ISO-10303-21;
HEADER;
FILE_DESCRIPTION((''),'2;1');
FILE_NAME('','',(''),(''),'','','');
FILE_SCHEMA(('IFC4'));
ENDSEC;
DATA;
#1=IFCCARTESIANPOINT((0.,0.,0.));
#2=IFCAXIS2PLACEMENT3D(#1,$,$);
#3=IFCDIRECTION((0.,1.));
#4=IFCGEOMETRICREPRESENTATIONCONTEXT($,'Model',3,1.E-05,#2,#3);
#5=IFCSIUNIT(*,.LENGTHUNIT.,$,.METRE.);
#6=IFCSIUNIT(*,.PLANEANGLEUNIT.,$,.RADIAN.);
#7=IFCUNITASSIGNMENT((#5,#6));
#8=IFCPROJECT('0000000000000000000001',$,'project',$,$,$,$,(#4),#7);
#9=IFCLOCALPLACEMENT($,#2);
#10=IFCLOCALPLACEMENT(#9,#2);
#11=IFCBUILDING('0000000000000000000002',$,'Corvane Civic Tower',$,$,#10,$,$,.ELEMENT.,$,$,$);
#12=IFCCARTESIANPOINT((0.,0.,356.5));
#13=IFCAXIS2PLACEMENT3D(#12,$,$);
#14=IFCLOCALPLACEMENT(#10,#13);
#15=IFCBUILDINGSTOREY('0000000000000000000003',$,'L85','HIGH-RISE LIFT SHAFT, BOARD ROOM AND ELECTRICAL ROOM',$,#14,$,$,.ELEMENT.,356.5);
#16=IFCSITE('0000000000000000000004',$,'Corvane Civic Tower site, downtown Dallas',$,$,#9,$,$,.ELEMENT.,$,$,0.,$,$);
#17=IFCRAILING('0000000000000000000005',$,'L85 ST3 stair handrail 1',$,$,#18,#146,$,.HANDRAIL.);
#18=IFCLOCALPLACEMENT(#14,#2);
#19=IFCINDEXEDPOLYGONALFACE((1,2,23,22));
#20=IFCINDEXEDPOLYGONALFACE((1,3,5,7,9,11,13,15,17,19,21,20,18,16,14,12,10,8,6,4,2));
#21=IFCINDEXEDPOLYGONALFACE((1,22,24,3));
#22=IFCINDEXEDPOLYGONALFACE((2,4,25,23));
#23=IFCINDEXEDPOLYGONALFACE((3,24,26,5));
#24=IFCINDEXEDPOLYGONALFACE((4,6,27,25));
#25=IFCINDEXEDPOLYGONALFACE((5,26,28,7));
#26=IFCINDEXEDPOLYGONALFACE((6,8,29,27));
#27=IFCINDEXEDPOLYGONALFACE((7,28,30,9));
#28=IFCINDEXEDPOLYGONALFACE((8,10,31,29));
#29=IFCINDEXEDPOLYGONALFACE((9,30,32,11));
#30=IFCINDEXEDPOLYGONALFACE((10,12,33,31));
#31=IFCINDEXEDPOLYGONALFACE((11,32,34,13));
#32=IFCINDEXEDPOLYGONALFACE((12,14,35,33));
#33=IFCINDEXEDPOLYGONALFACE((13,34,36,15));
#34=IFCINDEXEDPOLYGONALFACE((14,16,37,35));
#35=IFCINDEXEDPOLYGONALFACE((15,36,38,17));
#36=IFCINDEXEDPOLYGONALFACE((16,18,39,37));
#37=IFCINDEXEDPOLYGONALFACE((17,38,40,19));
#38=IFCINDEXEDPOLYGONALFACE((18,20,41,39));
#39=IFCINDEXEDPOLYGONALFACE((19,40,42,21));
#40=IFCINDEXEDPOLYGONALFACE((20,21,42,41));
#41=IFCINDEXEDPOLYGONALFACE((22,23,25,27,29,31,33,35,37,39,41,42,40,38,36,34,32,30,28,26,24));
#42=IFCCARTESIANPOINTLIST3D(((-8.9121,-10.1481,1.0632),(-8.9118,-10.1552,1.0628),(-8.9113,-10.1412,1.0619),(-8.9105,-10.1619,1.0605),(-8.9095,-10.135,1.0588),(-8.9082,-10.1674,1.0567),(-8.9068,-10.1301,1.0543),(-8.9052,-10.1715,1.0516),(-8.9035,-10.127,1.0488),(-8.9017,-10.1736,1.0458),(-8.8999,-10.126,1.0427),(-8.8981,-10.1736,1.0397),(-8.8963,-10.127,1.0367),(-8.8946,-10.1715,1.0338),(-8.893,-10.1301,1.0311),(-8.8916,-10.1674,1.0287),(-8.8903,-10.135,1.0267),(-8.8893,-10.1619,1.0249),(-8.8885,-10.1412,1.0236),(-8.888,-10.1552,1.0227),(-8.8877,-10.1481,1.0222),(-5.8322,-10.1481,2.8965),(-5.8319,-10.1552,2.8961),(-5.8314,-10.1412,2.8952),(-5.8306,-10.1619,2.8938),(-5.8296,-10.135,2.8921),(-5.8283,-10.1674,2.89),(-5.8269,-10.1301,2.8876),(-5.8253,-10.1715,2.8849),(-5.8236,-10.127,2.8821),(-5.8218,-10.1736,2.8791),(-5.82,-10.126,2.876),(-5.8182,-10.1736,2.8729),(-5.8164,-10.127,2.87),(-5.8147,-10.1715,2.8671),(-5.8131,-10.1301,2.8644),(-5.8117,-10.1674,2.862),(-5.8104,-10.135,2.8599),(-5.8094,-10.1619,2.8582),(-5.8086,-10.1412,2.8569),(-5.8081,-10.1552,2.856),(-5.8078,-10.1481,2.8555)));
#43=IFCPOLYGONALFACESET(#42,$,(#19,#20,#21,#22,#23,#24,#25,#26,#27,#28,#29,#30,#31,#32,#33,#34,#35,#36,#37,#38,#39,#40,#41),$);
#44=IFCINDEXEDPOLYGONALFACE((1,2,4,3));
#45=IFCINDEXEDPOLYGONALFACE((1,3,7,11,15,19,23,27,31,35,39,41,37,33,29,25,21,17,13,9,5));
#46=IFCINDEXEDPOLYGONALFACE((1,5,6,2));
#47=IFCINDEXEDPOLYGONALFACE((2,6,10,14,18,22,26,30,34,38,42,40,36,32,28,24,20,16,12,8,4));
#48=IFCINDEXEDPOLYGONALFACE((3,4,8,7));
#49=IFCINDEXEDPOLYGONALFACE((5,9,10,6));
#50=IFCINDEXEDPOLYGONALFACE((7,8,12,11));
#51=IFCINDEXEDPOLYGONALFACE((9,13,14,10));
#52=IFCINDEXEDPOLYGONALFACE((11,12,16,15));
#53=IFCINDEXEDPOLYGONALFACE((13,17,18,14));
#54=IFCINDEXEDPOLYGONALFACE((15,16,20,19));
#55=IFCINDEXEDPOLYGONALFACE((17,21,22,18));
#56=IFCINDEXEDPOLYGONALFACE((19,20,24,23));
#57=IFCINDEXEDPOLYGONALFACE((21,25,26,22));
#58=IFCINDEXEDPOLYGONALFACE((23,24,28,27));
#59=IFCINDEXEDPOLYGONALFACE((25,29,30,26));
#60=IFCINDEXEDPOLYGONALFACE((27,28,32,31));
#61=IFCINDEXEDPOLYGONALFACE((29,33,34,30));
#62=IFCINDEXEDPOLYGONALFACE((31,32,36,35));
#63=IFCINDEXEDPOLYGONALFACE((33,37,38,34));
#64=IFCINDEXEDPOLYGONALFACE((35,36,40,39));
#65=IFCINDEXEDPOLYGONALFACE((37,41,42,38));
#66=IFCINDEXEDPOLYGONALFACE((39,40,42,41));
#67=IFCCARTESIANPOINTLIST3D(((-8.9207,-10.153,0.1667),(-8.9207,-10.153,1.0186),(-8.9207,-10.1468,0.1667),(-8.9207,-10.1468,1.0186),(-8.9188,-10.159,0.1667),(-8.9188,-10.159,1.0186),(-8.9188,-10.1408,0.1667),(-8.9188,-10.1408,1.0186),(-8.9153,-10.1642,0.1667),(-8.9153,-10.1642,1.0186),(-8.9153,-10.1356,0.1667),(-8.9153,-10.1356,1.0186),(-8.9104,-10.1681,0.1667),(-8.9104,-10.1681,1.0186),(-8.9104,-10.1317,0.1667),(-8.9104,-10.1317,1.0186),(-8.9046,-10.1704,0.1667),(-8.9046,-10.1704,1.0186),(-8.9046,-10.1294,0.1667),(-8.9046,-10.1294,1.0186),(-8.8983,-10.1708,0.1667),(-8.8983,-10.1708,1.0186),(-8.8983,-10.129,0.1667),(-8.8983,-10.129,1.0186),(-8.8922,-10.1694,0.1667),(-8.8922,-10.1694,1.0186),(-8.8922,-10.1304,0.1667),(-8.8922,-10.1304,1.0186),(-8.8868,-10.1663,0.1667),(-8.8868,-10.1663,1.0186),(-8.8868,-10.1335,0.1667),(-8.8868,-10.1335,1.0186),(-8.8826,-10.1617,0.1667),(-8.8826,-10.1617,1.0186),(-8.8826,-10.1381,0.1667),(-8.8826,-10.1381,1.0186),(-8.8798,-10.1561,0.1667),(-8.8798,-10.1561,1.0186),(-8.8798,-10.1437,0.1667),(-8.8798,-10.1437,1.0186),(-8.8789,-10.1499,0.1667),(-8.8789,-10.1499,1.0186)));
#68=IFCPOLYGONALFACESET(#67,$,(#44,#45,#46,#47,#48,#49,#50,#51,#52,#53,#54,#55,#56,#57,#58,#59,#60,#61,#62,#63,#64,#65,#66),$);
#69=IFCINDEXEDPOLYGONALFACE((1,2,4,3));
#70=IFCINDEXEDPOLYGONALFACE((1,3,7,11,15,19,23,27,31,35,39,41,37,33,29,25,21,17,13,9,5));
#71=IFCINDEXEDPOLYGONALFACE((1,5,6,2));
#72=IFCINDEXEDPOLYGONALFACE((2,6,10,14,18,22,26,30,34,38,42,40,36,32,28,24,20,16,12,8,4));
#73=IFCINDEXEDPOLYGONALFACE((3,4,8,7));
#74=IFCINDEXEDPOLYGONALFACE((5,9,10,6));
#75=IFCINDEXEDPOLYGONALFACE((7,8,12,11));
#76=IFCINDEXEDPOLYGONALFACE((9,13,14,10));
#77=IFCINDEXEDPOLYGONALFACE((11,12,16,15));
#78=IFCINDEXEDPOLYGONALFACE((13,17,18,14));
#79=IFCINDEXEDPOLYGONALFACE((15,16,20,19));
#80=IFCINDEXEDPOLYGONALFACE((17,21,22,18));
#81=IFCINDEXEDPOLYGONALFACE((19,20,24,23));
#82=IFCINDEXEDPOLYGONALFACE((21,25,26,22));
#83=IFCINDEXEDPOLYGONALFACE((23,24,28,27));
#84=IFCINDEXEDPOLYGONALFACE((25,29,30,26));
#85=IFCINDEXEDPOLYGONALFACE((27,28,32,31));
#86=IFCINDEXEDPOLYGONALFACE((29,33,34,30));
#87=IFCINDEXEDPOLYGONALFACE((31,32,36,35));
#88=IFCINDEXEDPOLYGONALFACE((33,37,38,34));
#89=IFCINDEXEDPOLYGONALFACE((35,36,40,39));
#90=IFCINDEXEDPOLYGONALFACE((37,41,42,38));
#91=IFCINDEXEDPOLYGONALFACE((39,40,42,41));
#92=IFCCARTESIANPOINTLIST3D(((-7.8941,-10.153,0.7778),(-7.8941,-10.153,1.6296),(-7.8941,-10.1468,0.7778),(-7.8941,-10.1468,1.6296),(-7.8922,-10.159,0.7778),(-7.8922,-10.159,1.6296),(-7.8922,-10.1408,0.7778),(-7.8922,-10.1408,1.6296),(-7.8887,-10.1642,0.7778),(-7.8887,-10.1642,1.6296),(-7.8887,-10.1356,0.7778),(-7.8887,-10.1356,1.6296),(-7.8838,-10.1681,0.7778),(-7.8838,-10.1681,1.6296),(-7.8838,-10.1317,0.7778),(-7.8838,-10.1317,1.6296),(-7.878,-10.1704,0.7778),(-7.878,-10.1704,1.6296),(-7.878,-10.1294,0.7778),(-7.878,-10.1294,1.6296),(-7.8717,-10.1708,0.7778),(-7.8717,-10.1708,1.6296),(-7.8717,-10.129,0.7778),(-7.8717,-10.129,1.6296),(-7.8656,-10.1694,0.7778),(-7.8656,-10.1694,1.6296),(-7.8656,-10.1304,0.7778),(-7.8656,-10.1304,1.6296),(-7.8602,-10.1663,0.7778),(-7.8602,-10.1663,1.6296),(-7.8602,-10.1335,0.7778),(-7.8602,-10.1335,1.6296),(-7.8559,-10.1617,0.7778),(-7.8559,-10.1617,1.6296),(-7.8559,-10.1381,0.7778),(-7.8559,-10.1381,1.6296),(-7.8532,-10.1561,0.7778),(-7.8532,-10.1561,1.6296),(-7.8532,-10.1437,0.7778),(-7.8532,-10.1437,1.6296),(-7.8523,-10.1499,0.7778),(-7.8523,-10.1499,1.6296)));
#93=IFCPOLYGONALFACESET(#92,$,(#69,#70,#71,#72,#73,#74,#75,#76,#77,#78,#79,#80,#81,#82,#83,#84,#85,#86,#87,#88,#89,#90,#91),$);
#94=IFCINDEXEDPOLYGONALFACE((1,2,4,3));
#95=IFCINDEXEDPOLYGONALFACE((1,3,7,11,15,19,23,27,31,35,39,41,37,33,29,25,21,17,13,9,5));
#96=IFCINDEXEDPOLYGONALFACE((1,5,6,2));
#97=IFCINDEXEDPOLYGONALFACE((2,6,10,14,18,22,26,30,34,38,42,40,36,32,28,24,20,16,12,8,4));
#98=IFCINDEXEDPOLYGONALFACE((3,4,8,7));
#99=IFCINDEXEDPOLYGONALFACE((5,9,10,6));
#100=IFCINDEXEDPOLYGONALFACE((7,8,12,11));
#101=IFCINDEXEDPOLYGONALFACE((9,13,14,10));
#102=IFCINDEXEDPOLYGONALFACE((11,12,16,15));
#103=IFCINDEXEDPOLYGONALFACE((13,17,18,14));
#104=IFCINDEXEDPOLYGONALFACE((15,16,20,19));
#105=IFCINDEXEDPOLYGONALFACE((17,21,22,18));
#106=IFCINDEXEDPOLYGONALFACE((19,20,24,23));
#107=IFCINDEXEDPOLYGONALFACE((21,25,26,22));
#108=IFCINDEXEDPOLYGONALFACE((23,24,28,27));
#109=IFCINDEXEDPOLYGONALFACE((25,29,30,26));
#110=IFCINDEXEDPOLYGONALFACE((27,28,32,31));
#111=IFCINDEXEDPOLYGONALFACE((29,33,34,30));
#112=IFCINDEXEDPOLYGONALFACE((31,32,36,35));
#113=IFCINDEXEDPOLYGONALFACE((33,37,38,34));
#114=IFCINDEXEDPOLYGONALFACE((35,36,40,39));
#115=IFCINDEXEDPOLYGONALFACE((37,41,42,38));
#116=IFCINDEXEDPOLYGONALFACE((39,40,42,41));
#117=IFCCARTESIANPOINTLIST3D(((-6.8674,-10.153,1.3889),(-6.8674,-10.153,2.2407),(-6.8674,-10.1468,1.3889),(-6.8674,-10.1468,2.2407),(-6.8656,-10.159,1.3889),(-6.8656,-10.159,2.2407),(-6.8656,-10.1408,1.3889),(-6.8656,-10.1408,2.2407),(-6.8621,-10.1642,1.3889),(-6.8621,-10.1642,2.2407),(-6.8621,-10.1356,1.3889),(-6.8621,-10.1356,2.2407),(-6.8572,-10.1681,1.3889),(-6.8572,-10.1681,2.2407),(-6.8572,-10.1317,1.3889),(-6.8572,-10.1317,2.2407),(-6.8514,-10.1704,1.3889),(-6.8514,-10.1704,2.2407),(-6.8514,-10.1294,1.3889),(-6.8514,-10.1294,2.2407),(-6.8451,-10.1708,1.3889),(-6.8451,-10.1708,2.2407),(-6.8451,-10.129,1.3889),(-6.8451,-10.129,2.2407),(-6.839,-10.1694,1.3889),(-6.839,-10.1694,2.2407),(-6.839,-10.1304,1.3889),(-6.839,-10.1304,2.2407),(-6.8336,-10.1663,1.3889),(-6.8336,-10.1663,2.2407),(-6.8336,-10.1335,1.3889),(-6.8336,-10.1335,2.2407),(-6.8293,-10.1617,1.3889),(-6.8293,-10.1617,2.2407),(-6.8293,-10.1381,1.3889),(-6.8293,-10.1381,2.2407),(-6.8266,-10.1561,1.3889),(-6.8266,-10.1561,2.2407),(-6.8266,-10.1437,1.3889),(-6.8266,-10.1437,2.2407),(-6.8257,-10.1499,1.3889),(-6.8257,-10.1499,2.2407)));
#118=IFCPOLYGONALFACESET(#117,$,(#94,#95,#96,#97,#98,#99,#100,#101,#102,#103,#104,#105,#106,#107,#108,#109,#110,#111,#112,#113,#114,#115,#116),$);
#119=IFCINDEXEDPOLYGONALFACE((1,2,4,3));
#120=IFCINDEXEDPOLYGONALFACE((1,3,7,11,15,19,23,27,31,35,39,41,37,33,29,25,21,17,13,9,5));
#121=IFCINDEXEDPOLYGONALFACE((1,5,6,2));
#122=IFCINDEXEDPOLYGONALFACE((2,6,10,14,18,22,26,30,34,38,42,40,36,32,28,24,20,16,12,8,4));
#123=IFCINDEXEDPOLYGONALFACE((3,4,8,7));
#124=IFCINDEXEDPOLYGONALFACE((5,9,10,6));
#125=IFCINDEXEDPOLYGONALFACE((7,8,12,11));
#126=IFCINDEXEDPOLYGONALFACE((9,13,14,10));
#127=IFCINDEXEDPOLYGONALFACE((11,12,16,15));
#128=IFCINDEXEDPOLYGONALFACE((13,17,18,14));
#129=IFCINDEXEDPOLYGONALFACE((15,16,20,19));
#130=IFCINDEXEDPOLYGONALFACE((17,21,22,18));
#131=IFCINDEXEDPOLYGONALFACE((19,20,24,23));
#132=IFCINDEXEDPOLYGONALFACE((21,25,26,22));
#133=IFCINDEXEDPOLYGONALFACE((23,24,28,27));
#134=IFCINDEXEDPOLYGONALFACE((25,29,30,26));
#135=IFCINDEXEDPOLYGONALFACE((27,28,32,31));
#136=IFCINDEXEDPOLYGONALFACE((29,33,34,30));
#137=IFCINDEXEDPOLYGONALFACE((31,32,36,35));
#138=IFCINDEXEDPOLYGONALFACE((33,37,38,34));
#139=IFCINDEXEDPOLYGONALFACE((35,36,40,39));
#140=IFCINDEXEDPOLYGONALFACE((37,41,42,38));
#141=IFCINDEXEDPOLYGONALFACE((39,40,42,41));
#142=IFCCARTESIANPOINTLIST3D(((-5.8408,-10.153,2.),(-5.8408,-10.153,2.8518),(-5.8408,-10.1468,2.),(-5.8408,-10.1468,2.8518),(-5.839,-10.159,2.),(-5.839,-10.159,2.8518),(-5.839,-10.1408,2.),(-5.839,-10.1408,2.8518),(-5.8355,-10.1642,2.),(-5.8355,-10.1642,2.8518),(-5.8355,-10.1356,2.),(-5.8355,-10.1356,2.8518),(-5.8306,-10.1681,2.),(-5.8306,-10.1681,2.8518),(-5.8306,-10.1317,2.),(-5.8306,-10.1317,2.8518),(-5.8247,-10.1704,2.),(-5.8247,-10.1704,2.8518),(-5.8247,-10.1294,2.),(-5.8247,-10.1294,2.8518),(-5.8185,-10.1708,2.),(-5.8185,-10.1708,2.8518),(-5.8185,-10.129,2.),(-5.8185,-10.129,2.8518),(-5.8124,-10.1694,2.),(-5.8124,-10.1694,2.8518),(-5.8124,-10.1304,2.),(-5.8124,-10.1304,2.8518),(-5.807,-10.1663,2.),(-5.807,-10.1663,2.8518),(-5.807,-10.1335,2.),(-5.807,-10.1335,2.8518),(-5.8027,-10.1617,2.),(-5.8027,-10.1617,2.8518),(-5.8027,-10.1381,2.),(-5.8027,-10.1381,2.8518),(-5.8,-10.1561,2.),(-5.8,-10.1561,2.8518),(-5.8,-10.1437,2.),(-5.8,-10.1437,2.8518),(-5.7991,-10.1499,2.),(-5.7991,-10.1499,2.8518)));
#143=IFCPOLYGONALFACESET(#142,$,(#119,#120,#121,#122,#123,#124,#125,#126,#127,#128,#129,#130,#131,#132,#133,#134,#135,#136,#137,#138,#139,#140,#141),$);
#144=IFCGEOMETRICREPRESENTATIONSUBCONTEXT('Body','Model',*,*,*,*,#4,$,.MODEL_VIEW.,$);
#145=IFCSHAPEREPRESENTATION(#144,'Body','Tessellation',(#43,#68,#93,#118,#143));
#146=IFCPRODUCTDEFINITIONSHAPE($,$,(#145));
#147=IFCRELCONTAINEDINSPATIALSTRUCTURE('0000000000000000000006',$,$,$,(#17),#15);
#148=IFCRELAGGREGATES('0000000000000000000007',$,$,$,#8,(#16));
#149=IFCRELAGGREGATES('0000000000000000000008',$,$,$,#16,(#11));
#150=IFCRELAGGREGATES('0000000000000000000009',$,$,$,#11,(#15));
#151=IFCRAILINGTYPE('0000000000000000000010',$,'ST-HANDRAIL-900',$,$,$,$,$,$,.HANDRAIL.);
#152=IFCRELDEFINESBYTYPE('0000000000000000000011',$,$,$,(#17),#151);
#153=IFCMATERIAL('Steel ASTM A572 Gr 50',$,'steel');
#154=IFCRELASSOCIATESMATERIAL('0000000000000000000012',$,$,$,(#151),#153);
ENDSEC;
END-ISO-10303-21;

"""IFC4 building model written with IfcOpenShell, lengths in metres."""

from ifc_helpers import new_model, si_unit, direction, frame, origin, origin_2d, place, context, subcontext, project, spatial, circle, extrude, material, type_object, element, save


model = new_model("IFC4")

# Units and contexts
model_context = context("Model", 3, precision=1e-05, world=origin(), true_north=direction((0.0, 1.0)))
body_context = subcontext(model_context, "Body", "Model", "MODEL_VIEW")
ifc_project = project(units=[si_unit("LENGTHUNIT", "METRE"), si_unit("PLANEANGLEUNIT", "RADIAN")], contexts=[model_context])

# Site, building, storey
site_placement = place(None, origin())
site = spatial("IfcSite", under=ifc_project, at=site_placement, Name="Corvane Civic Tower site, downtown Dallas", CompositionType="ELEMENT", RefElevation=0.0)
building_placement = place(site_placement, origin())
building = spatial("IfcBuilding", under=site, at=building_placement, Name="Corvane Civic Tower", CompositionType="ELEMENT")
storey_placement = place(building_placement, frame((0.0, 0.0, 356.5)))
storey = spatial("IfcBuildingStorey", under=building, at=storey_placement, Name="L85", Description="HIGH-RISE LIFT SHAFT, BOARD ROOM AND ELECTRICAL ROOM", CompositionType="ELEMENT", Elevation=356.5)

# Railing
ifc_material_1 = material(Name="Steel ASTM A572 Gr 50", Category="steel")
railing_type_1 = type_object("IfcRailingType", Name="ST-HANDRAIL-900", PredefinedType="HANDRAIL", material=ifc_material_1)
railing_1_placement = place(storey_placement, frame((-8.8999, -10.1499, 0.1667)))
element("IfcRailing", 1, at=railing_1_placement, inside=storey, type_object=railing_type_1, Name="L85 ST3 stair handrail 1", PredefinedType="HANDRAIL", context=body_context, shape_type="SweptSolid", body=[
    extrude(circle(Radius=0.0239, at=origin_2d()), frame((0.0, 0.0, 0.876), z_axis=(0.859291, 0.0, 0.511487), x_axis=(0.0, 1.0, 0.0)), (0.0, 0.0, 1.0), 3.5842),
    extrude(circle(Radius=0.021, at=origin_2d()), origin(), (0.0, 0.0, 1.0), 0.8518),
    extrude(circle(Radius=0.021, at=origin_2d()), frame((1.0266, 0.0, 0.6111)), (0.0, 0.0, 1.0), 0.8518),
    extrude(circle(Radius=0.021, at=origin_2d()), frame((2.0532, 0.0, 1.2222)), (0.0, 0.0, 1.0), 0.8518),
    extrude(circle(Radius=0.021, at=origin_2d()), frame((3.0798, 0.0, 1.8333)), (0.0, 0.0, 1.0), 0.8518),
])

save(model, "model.ifc")
